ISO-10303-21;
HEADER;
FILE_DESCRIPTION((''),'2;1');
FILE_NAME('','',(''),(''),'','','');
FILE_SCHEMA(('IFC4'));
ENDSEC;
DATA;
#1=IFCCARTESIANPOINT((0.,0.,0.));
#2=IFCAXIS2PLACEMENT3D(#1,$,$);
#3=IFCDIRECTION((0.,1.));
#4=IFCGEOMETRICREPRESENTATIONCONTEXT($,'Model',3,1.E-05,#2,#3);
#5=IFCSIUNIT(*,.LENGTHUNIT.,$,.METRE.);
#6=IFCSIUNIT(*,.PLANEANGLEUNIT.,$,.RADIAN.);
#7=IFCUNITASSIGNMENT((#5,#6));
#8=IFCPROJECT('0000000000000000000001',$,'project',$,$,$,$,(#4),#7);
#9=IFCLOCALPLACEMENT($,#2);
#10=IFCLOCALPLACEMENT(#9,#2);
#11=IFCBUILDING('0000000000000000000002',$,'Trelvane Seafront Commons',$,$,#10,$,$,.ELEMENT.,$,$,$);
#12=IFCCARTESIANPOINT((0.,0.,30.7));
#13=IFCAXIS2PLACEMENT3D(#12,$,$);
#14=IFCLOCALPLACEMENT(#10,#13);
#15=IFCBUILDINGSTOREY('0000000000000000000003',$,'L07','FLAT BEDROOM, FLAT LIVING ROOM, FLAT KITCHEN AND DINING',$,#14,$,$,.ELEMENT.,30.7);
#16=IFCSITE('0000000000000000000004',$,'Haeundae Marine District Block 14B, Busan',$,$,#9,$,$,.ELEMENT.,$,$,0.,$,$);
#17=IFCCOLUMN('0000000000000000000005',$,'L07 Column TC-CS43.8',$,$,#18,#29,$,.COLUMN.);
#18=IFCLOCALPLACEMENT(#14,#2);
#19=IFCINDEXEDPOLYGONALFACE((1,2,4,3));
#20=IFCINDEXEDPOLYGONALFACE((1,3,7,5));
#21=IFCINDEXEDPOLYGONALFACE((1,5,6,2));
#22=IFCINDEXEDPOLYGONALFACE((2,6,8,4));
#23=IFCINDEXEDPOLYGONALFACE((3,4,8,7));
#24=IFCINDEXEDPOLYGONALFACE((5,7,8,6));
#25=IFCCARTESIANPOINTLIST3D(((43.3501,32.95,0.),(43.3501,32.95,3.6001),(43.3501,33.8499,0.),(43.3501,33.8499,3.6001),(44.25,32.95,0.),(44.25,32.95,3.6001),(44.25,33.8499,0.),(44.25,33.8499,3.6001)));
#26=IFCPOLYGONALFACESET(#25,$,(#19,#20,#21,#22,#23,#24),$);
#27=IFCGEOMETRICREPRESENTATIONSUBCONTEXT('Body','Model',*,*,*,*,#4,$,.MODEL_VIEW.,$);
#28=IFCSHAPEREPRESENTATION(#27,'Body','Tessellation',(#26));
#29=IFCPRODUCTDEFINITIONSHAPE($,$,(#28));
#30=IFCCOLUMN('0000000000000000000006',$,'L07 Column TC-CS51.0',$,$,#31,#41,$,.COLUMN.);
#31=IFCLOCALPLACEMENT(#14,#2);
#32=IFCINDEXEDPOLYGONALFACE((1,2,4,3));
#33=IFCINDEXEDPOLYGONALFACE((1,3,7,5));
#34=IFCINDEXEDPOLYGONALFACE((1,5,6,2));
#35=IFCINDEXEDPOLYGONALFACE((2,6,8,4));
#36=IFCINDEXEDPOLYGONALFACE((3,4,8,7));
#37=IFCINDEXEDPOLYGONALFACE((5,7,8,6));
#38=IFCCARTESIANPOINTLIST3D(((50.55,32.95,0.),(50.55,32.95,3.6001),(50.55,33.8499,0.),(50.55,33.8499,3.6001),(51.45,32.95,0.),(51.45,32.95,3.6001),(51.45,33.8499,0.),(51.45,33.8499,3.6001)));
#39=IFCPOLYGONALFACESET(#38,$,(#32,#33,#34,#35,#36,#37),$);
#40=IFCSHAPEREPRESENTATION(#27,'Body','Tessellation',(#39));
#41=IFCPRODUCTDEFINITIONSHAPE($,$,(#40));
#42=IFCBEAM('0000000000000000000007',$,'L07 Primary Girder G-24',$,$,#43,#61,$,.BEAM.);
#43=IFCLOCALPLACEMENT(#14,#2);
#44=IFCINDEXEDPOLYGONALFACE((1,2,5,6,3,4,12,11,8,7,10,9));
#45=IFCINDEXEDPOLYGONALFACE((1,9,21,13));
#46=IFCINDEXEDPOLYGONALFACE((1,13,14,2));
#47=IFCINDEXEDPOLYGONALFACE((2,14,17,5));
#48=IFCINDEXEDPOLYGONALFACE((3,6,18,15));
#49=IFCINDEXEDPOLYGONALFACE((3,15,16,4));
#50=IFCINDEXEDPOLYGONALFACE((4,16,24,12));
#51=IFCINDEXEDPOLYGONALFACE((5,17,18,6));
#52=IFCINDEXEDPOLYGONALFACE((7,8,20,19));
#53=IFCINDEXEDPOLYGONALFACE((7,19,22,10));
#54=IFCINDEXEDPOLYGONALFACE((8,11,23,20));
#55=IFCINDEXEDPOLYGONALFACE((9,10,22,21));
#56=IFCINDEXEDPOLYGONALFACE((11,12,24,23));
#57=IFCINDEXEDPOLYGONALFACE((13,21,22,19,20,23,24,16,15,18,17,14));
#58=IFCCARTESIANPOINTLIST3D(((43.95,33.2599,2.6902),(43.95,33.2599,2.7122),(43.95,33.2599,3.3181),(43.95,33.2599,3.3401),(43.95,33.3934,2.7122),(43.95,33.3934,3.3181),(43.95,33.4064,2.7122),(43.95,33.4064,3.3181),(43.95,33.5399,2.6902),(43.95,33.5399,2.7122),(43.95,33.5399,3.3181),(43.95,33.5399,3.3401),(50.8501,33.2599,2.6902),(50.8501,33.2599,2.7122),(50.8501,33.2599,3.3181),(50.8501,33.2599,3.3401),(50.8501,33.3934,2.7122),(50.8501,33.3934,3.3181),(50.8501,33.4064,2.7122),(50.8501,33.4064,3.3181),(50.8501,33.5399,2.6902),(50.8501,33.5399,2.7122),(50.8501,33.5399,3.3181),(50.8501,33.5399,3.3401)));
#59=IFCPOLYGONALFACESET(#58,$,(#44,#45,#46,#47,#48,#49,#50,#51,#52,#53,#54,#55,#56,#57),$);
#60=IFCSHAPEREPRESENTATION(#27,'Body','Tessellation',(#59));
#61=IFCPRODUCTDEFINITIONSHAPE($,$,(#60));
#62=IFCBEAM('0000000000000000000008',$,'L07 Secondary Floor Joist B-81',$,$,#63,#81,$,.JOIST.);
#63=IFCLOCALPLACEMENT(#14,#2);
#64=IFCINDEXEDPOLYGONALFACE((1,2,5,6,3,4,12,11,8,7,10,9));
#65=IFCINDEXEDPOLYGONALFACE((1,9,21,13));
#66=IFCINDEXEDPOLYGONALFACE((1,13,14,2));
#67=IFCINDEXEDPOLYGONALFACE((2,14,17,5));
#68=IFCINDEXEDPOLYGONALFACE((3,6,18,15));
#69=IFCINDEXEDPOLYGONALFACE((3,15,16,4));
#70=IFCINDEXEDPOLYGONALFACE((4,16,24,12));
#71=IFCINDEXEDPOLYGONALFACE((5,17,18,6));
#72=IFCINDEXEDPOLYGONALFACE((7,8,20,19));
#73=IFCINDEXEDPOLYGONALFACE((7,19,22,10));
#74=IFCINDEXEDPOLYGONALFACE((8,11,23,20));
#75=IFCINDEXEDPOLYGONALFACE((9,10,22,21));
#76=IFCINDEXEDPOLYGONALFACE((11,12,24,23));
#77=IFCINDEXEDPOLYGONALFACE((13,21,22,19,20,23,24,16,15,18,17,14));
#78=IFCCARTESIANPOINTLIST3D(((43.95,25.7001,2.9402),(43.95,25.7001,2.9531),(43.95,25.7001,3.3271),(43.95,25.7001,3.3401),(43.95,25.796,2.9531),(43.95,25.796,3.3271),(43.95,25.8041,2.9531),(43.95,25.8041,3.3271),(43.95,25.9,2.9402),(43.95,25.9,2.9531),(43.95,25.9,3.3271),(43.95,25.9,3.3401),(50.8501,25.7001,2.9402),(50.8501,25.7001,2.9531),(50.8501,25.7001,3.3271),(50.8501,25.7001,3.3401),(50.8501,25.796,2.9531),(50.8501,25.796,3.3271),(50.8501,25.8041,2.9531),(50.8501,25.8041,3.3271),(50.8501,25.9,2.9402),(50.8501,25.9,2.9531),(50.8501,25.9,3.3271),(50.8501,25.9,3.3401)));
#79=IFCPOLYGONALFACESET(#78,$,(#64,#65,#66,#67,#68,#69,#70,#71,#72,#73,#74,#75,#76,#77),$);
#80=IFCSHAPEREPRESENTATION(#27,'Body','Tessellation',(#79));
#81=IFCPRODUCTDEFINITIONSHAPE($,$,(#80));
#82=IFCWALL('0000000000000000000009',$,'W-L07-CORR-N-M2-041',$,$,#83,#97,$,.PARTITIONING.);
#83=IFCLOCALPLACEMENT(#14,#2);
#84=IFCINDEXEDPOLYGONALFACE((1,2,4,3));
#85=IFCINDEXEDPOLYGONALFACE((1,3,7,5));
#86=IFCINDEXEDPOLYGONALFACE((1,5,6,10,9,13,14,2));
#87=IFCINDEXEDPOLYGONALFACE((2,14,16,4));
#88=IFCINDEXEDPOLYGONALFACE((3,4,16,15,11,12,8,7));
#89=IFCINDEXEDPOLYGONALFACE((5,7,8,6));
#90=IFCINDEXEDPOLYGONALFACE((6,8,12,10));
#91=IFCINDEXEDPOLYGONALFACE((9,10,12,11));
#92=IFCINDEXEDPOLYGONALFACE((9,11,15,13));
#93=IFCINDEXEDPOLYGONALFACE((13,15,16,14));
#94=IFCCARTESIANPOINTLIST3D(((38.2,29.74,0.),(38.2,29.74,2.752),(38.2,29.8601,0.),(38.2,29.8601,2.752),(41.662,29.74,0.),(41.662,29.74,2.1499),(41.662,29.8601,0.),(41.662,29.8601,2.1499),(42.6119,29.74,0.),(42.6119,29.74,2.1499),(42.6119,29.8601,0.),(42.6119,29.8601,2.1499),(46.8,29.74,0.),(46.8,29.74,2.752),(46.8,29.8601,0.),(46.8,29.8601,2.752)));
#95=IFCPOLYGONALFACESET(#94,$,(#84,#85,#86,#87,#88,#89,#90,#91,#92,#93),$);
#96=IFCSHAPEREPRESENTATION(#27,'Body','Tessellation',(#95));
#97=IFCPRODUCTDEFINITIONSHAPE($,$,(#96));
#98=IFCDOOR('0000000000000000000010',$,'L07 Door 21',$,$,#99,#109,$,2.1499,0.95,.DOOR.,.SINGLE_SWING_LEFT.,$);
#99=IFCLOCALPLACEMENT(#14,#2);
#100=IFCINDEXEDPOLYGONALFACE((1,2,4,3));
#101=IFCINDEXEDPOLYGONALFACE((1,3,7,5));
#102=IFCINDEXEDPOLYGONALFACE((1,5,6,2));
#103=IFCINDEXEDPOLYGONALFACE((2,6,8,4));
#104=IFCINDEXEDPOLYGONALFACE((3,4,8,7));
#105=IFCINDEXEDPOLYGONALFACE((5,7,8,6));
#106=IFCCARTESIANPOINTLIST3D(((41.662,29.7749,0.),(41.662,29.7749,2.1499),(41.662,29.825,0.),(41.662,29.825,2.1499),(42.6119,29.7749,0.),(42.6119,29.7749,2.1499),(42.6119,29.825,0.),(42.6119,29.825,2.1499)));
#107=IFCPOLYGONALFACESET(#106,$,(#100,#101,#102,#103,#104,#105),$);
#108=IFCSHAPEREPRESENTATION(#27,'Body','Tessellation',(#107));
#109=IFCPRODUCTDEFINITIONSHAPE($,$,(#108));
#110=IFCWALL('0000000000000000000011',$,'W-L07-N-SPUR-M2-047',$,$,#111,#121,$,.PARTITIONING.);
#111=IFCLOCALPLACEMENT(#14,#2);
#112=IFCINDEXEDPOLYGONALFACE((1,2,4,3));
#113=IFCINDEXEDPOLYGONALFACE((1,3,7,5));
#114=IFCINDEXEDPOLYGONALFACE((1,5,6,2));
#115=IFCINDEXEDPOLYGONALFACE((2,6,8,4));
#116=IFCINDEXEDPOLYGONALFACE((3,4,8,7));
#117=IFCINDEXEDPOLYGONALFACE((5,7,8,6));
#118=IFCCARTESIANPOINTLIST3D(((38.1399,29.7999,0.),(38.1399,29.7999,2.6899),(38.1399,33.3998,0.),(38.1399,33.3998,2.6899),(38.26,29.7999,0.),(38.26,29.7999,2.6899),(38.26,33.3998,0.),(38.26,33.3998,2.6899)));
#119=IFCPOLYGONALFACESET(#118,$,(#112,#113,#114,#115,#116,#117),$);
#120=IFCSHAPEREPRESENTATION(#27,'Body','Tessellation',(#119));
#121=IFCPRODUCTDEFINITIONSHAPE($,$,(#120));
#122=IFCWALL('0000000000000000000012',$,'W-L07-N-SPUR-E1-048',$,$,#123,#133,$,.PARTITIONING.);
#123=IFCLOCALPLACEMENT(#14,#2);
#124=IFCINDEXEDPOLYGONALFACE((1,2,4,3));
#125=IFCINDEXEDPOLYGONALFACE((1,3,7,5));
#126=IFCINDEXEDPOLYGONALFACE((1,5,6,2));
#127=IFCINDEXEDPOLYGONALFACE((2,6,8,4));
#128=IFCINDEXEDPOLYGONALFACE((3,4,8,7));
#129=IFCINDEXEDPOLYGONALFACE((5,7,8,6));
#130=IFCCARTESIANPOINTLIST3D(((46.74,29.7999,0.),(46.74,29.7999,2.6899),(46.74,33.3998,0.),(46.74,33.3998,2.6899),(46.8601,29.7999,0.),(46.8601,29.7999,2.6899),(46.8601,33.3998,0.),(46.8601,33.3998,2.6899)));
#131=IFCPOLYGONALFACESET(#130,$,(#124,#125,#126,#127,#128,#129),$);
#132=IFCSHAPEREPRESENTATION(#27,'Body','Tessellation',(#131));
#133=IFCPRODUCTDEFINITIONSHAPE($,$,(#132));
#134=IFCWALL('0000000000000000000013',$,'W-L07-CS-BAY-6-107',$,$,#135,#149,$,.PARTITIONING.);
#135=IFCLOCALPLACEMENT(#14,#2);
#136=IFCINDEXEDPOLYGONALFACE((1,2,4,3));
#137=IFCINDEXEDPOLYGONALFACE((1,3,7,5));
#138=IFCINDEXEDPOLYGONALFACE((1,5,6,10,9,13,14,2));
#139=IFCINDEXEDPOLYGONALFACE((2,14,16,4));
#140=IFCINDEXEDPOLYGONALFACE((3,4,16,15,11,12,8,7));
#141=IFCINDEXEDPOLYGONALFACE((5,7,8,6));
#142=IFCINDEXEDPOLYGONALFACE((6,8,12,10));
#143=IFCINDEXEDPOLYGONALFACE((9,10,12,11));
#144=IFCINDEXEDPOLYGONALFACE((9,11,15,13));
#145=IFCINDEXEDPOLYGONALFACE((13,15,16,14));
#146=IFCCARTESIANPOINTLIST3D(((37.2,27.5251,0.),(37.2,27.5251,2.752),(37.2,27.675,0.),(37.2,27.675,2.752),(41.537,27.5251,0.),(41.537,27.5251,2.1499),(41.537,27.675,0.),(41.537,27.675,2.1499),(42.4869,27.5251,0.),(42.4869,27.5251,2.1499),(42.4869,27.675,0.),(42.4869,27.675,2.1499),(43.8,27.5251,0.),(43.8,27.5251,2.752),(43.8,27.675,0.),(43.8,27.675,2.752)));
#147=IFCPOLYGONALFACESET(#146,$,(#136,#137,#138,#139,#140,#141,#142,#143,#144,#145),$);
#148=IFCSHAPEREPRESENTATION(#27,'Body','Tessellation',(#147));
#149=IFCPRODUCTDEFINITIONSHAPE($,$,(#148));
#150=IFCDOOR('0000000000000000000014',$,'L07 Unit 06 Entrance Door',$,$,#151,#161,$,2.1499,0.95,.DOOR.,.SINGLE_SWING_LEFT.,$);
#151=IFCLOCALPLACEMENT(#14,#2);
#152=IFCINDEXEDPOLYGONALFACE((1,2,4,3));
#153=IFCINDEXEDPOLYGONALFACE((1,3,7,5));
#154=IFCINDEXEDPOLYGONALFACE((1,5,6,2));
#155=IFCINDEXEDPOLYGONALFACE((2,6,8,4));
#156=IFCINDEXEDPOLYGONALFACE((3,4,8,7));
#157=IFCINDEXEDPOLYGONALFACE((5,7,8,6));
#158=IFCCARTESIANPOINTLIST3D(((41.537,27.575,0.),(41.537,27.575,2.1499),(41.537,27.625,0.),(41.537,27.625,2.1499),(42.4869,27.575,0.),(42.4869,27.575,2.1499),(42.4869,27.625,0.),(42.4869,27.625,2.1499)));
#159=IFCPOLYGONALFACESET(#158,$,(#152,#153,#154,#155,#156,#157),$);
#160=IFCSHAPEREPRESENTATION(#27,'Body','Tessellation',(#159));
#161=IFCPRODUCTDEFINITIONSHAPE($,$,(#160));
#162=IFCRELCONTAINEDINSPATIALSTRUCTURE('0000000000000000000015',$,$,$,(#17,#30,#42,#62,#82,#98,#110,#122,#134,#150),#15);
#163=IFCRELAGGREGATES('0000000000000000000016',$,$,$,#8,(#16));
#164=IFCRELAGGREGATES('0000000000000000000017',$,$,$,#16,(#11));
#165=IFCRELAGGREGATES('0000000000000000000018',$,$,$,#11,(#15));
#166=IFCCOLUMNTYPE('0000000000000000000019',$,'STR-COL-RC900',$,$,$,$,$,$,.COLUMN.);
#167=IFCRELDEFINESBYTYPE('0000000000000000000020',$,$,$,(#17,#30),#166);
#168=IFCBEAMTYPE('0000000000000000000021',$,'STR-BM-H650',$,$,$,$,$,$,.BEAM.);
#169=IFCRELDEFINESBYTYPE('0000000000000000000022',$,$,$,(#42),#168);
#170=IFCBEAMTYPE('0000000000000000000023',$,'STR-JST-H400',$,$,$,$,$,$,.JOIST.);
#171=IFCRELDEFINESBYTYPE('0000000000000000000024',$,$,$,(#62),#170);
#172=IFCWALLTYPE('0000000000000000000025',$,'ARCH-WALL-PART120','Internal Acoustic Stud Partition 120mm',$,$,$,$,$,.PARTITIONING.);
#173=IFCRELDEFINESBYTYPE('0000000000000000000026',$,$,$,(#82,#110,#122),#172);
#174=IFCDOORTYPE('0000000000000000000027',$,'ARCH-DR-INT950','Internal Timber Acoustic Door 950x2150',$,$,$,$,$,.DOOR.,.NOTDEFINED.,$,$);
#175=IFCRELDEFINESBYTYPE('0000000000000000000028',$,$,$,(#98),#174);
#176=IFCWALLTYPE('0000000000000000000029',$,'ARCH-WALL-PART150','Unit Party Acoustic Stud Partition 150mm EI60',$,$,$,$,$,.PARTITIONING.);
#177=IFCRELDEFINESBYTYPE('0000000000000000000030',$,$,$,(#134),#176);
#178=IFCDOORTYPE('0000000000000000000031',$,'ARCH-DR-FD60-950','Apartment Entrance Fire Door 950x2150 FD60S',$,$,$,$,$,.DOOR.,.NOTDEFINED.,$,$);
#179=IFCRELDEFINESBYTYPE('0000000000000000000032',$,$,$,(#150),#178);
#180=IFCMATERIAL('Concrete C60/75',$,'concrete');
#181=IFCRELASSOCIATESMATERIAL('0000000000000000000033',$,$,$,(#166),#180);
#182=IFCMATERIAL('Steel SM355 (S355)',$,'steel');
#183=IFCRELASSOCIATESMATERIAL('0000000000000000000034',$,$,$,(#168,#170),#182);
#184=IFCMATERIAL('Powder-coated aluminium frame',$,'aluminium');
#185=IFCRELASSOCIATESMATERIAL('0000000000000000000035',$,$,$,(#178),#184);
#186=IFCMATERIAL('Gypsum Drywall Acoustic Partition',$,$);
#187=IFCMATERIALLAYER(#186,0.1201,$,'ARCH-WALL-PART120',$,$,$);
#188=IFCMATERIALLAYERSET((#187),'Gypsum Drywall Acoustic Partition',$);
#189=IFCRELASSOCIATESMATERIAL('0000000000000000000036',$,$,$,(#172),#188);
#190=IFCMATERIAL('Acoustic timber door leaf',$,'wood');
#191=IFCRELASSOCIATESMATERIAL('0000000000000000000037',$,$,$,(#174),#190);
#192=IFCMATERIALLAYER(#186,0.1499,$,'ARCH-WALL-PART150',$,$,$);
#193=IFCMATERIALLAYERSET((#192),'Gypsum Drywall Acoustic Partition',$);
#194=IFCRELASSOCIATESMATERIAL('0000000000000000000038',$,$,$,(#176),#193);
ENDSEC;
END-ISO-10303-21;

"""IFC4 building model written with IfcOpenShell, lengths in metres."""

from ifc_helpers import new_model, si_unit, direction, frame, frame_2d, origin, origin_2d, place, context, subcontext, project, spatial, rectangle, i_section, extrude, source, transform, mapped, material, layer, layer_set, material_profile, profile_set, type_object, element, fill, save


model = new_model("IFC4")

# Units and contexts
model_context = context("Model", 3, precision=1e-05, world=origin(), true_north=direction((0.0, 1.0)))
body_context = subcontext(model_context, "Body", "Model", "MODEL_VIEW")
ifc_project = project(units=[si_unit("LENGTHUNIT", "METRE"), si_unit("PLANEANGLEUNIT", "RADIAN")], contexts=[model_context])

# Site, building, storey
site_placement = place(None, origin())
site = spatial("IfcSite", under=ifc_project, at=site_placement, Name="Haeundae Marine District Block 14B, Busan", CompositionType="ELEMENT", RefElevation=0.0)
building_placement = place(site_placement, origin())
building = spatial("IfcBuilding", under=site, at=building_placement, Name="Trelvane Seafront Commons", CompositionType="ELEMENT")
storey_placement = place(building_placement, frame((0.0, 0.0, 30.7)))
storey = spatial("IfcBuildingStorey", under=building, at=storey_placement, Name="L07", Description="FLAT BEDROOM, FLAT LIVING ROOM, FLAT KITCHEN AND DINING", CompositionType="ELEMENT", Elevation=30.7)

# Columns
ifc_material_1 = material(Name="Concrete C60/75", Category="concrete")
ifc_material_profile_1 = material_profile(ifc_material_1, rectangle(XDim=0.8999, YDim=0.8999, at=origin_2d()), Name="RC-900x900")
ifc_profile_set_1 = profile_set([ifc_material_profile_1], Name="Concrete C60/75")
column_type = type_object("IfcColumnType", Name="STR-COL-RC900", PredefinedType="COLUMN", material=ifc_profile_set_1)
shared_shape_1 = source(origin(), body_context, "Body", "SweptSolid", [
    extrude(rectangle(XDim=0.8999, YDim=0.8999, at=origin_2d()), origin(), (0.0, 0.0, 1.0), 3.6001),
])
for number, where, z_axis, x_axis, name in (
    (1, (43.8, 33.3999, 0.0), (0.0, 0.0, 1.0), (1.0, 0.0, 0.0), "L07 Column TC-CS43.8"),
    (2, (51.0, 33.3999, 0.0), (0.0, 0.0, 1.0), (1.0, 0.0, 0.0), "L07 Column TC-CS51.0"),
):
    element("IfcColumn", number, at=place(storey_placement, frame(where, z_axis=z_axis, x_axis=x_axis)), inside=storey, type_object=column_type, Name=name, PredefinedType="COLUMN", context=body_context, shape_type="MappedRepresentation", body=[
        mapped(shared_shape_1, transform((0.0, 0.0, 0.0), x_axis=(1.0, 0.0, 0.0), y_axis=(0.0, 1.0, 0.0), z_axis=(0.0, 0.0, 1.0), scale=1.0)),
    ])

# Beams
ifc_material_2 = material(Name="Steel SM355 (S355)", Category="steel")
ifc_material_profile_2 = material_profile(ifc_material_2, i_section(OverallWidth=0.28, OverallDepth=0.6499, WebThickness=0.0129, FlangeThickness=0.022, at=origin_2d()), Name="H-650x280x13x22")
ifc_profile_set_2 = profile_set([ifc_material_profile_2], Name="Steel SM355 (S355)")
beam_type_1 = type_object("IfcBeamType", Name="STR-BM-H650", PredefinedType="BEAM", material=ifc_profile_set_2)
shared_shape_2 = source(origin(), body_context, "Body", "SweptSolid", [
    extrude(i_section(OverallWidth=0.28, OverallDepth=0.6499, WebThickness=0.0129, FlangeThickness=0.022, at=origin_2d()), origin(), (0.0, 0.0, 1.0), 6.9001),
])
beam_1_placement = place(storey_placement, frame((43.95, 33.3999, 3.0151), z_axis=(1.0, 0.0, 0.0), x_axis=(0.0, 1.0, 0.0)))
element("IfcBeam", 3, at=beam_1_placement, inside=storey, type_object=beam_type_1, Name="L07 Primary Girder G-24", PredefinedType="BEAM", context=body_context, shape_type="MappedRepresentation", body=[
    mapped(shared_shape_2, transform((0.0, 0.0, 0.0), x_axis=(1.0, 0.0, 0.0), y_axis=(0.0, 1.0, 0.0), z_axis=(0.0, 0.0, 1.0), scale=1.0)),
])
ifc_material_profile_3 = material_profile(ifc_material_2, i_section(OverallWidth=0.2, OverallDepth=0.3999, WebThickness=0.0081, FlangeThickness=0.0129, at=origin_2d()), Name="H-400x200x8x13")
ifc_profile_set_3 = profile_set([ifc_material_profile_3], Name="Steel SM355 (S355)")
beam_type_2 = type_object("IfcBeamType", Name="STR-JST-H400", PredefinedType="JOIST", material=ifc_profile_set_3)
shared_shape_3 = source(origin(), body_context, "Body", "SweptSolid", [
    extrude(i_section(OverallWidth=0.2, OverallDepth=0.3999, WebThickness=0.0081, FlangeThickness=0.0129, at=origin_2d()), origin(), (0.0, 0.0, 1.0), 6.9001),
])
beam_2_placement = place(storey_placement, frame((43.95, 25.8, 3.1401), z_axis=(1.0, 0.0, 0.0), x_axis=(0.0, 1.0, 0.0)))
element("IfcBeam", 4, at=beam_2_placement, inside=storey, type_object=beam_type_2, Name="L07 Secondary Floor Joist B-81", PredefinedType="JOIST", context=body_context, shape_type="MappedRepresentation", body=[
    mapped(shared_shape_3, transform((0.0, 0.0, 0.0), x_axis=(1.0, 0.0, 0.0), y_axis=(0.0, 1.0, 0.0), z_axis=(0.0, 0.0, 1.0), scale=1.0)),
])

# Shared definitions
ifc_material_3 = material(Name="Powder-coated aluminium frame", Category="aluminium")
door_type_1 = type_object("IfcDoorType", Name="ARCH-DR-FD60-950", Description="Apartment Entrance Fire Door 950x2150 FD60S", OperationType="NOTDEFINED", PredefinedType="DOOR", material=ifc_material_3)
shared_shape_4 = source(origin(), body_context, "Body", "SweptSolid", [
    extrude(rectangle(XDim=0.95, YDim=2.1499, at=frame_2d((0.4751, 1.075))), frame((0.0, 0.0249, 0.0), z_axis=(0.0, -1.0, 0.0), x_axis=(1.0, 0.0, 0.0)), (0.0, 0.0, 1.0), 0.05),
])
ifc_material_4 = material(Name="Gypsum Drywall Acoustic Partition")
ifc_layer_1 = layer(ifc_material_4, 0.1201, Name="ARCH-WALL-PART120")
ifc_layer_set_1 = layer_set([ifc_layer_1], Name="Gypsum Drywall Acoustic Partition")
wall_type_1 = type_object("IfcWallType", Name="ARCH-WALL-PART120", Description="Internal Acoustic Stud Partition 120mm", PredefinedType="PARTITIONING", material=ifc_layer_set_1)
ifc_material_5 = material(Name="Acoustic timber door leaf", Category="wood")
door_type_2 = type_object("IfcDoorType", Name="ARCH-DR-INT950", Description="Internal Timber Acoustic Door 950x2150", OperationType="NOTDEFINED", PredefinedType="DOOR", material=ifc_material_5)

# Wall, opening, door
wall_1_placement = place(storey_placement, frame((38.2, 29.8, 0.0), z_axis=(0.0, 0.0, 1.0), x_axis=(1.0, 0.0, 0.0)))
wall_1 = element("IfcWall", 5, at=wall_1_placement, inside=storey, type_object=wall_type_1, Name="W-L07-CORR-N-M2-041", PredefinedType="PARTITIONING", context=body_context, shape_type="SweptSolid", body=[
    extrude(rectangle(XDim=8.6001, YDim=0.1201, at=frame_2d((4.3, 0.0))), origin(), (0.0, 0.0, 1.0), 2.752),
])
opening_1_placement = place(wall_1_placement, frame((3.4619, 0.0, 0.0)))
opening_1 = element("IfcOpeningElement", 6, at=opening_1_placement, cuts=wall_1, PredefinedType="OPENING", context=body_context, shape_type="SweptSolid", body=[
    extrude(rectangle(XDim=0.95, YDim=2.1499, at=frame_2d((0.4751, 1.075))), frame((0.0, 0.0701, 0.0), z_axis=(0.0, -1.0, 0.0), x_axis=(1.0, 0.0, 0.0)), (0.0, 0.0, 1.0), 0.1401),
])
door_1_placement = place(opening_1_placement, origin())
door_1 = element("IfcDoor", 7, at=door_1_placement, inside=storey, type_object=door_type_2, Name="L07 Door 21", OperationType="SINGLE_SWING_LEFT", OverallHeight=2.1499, OverallWidth=0.95, PredefinedType="DOOR", context=body_context, shape_type="MappedRepresentation", body=[
    mapped(shared_shape_4, transform((0.0, 0.0, 0.0), x_axis=(1.0, 0.0, 0.0), y_axis=(0.0, 1.0, 0.0), z_axis=(0.0, 0.0, 1.0), scale=1.0)),
])
fill(opening_1, door_1)

# Walls
for number, where, z_axis, x_axis, name in (
    (8, (38.2, 29.8, 0.0), (0.0, 0.0, 1.0), (0.0, 1.0, 0.0), "W-L07-N-SPUR-M2-047"),
    (9, (46.8, 29.8, 0.0), (0.0, 0.0, 1.0), (0.0, 1.0, 0.0), "W-L07-N-SPUR-E1-048"),
):
    element("IfcWall", number, at=place(storey_placement, frame(where, z_axis=z_axis, x_axis=x_axis)), inside=storey, type_object=wall_type_1, Name=name, PredefinedType="PARTITIONING", context=body_context, shape_type="SweptSolid", body=[
        extrude(rectangle(XDim=3.5999, YDim=0.1201, at=frame_2d((1.7998, 0.0))), origin(), (0.0, 0.0, 1.0), 2.6899),
    ])

# Wall, opening, door
ifc_layer_2 = layer(ifc_material_4, 0.1499, Name="ARCH-WALL-PART150")
ifc_layer_set_2 = layer_set([ifc_layer_2], Name="Gypsum Drywall Acoustic Partition")
wall_type_2 = type_object("IfcWallType", Name="ARCH-WALL-PART150", Description="Unit Party Acoustic Stud Partition 150mm EI60", PredefinedType="PARTITIONING", material=ifc_layer_set_2)
wall_2_placement = place(storey_placement, frame((37.2, 27.6001, 0.0), z_axis=(0.0, 0.0, 1.0), x_axis=(1.0, 0.0, 0.0)))
wall_2 = element("IfcWall", 10, at=wall_2_placement, inside=storey, type_object=wall_type_2, Name="W-L07-CS-BAY-6-107", PredefinedType="PARTITIONING", context=body_context, shape_type="SweptSolid", body=[
    extrude(rectangle(XDim=6.6001, YDim=0.1499, at=frame_2d((3.3, 0.0))), origin(), (0.0, 0.0, 1.0), 2.752),
])
opening_2_placement = place(wall_2_placement, frame((4.3369, 0.0, 0.0)))
opening_2 = element("IfcOpeningElement", 11, at=opening_2_placement, cuts=wall_2, PredefinedType="OPENING", context=body_context, shape_type="SweptSolid", body=[
    extrude(rectangle(XDim=0.95, YDim=2.1499, at=frame_2d((0.4751, 1.075))), frame((0.0, 0.085, 0.0), z_axis=(0.0, -1.0, 0.0), x_axis=(1.0, 0.0, 0.0)), (0.0, 0.0, 1.0), 0.1699),
])
door_2_placement = place(opening_2_placement, origin())
door_2 = element("IfcDoor", 12, at=door_2_placement, inside=storey, type_object=door_type_1, Name="L07 Unit 06 Entrance Door", OperationType="SINGLE_SWING_LEFT", OverallHeight=2.1499, OverallWidth=0.95, PredefinedType="DOOR", context=body_context, shape_type="MappedRepresentation", body=[
    mapped(shared_shape_4, transform((0.0, 0.0, 0.0), x_axis=(1.0, 0.0, 0.0), y_axis=(0.0, 1.0, 0.0), z_axis=(0.0, 0.0, 1.0), scale=1.0)),
])
fill(opening_2, door_2)

save(model, "model.ifc")
